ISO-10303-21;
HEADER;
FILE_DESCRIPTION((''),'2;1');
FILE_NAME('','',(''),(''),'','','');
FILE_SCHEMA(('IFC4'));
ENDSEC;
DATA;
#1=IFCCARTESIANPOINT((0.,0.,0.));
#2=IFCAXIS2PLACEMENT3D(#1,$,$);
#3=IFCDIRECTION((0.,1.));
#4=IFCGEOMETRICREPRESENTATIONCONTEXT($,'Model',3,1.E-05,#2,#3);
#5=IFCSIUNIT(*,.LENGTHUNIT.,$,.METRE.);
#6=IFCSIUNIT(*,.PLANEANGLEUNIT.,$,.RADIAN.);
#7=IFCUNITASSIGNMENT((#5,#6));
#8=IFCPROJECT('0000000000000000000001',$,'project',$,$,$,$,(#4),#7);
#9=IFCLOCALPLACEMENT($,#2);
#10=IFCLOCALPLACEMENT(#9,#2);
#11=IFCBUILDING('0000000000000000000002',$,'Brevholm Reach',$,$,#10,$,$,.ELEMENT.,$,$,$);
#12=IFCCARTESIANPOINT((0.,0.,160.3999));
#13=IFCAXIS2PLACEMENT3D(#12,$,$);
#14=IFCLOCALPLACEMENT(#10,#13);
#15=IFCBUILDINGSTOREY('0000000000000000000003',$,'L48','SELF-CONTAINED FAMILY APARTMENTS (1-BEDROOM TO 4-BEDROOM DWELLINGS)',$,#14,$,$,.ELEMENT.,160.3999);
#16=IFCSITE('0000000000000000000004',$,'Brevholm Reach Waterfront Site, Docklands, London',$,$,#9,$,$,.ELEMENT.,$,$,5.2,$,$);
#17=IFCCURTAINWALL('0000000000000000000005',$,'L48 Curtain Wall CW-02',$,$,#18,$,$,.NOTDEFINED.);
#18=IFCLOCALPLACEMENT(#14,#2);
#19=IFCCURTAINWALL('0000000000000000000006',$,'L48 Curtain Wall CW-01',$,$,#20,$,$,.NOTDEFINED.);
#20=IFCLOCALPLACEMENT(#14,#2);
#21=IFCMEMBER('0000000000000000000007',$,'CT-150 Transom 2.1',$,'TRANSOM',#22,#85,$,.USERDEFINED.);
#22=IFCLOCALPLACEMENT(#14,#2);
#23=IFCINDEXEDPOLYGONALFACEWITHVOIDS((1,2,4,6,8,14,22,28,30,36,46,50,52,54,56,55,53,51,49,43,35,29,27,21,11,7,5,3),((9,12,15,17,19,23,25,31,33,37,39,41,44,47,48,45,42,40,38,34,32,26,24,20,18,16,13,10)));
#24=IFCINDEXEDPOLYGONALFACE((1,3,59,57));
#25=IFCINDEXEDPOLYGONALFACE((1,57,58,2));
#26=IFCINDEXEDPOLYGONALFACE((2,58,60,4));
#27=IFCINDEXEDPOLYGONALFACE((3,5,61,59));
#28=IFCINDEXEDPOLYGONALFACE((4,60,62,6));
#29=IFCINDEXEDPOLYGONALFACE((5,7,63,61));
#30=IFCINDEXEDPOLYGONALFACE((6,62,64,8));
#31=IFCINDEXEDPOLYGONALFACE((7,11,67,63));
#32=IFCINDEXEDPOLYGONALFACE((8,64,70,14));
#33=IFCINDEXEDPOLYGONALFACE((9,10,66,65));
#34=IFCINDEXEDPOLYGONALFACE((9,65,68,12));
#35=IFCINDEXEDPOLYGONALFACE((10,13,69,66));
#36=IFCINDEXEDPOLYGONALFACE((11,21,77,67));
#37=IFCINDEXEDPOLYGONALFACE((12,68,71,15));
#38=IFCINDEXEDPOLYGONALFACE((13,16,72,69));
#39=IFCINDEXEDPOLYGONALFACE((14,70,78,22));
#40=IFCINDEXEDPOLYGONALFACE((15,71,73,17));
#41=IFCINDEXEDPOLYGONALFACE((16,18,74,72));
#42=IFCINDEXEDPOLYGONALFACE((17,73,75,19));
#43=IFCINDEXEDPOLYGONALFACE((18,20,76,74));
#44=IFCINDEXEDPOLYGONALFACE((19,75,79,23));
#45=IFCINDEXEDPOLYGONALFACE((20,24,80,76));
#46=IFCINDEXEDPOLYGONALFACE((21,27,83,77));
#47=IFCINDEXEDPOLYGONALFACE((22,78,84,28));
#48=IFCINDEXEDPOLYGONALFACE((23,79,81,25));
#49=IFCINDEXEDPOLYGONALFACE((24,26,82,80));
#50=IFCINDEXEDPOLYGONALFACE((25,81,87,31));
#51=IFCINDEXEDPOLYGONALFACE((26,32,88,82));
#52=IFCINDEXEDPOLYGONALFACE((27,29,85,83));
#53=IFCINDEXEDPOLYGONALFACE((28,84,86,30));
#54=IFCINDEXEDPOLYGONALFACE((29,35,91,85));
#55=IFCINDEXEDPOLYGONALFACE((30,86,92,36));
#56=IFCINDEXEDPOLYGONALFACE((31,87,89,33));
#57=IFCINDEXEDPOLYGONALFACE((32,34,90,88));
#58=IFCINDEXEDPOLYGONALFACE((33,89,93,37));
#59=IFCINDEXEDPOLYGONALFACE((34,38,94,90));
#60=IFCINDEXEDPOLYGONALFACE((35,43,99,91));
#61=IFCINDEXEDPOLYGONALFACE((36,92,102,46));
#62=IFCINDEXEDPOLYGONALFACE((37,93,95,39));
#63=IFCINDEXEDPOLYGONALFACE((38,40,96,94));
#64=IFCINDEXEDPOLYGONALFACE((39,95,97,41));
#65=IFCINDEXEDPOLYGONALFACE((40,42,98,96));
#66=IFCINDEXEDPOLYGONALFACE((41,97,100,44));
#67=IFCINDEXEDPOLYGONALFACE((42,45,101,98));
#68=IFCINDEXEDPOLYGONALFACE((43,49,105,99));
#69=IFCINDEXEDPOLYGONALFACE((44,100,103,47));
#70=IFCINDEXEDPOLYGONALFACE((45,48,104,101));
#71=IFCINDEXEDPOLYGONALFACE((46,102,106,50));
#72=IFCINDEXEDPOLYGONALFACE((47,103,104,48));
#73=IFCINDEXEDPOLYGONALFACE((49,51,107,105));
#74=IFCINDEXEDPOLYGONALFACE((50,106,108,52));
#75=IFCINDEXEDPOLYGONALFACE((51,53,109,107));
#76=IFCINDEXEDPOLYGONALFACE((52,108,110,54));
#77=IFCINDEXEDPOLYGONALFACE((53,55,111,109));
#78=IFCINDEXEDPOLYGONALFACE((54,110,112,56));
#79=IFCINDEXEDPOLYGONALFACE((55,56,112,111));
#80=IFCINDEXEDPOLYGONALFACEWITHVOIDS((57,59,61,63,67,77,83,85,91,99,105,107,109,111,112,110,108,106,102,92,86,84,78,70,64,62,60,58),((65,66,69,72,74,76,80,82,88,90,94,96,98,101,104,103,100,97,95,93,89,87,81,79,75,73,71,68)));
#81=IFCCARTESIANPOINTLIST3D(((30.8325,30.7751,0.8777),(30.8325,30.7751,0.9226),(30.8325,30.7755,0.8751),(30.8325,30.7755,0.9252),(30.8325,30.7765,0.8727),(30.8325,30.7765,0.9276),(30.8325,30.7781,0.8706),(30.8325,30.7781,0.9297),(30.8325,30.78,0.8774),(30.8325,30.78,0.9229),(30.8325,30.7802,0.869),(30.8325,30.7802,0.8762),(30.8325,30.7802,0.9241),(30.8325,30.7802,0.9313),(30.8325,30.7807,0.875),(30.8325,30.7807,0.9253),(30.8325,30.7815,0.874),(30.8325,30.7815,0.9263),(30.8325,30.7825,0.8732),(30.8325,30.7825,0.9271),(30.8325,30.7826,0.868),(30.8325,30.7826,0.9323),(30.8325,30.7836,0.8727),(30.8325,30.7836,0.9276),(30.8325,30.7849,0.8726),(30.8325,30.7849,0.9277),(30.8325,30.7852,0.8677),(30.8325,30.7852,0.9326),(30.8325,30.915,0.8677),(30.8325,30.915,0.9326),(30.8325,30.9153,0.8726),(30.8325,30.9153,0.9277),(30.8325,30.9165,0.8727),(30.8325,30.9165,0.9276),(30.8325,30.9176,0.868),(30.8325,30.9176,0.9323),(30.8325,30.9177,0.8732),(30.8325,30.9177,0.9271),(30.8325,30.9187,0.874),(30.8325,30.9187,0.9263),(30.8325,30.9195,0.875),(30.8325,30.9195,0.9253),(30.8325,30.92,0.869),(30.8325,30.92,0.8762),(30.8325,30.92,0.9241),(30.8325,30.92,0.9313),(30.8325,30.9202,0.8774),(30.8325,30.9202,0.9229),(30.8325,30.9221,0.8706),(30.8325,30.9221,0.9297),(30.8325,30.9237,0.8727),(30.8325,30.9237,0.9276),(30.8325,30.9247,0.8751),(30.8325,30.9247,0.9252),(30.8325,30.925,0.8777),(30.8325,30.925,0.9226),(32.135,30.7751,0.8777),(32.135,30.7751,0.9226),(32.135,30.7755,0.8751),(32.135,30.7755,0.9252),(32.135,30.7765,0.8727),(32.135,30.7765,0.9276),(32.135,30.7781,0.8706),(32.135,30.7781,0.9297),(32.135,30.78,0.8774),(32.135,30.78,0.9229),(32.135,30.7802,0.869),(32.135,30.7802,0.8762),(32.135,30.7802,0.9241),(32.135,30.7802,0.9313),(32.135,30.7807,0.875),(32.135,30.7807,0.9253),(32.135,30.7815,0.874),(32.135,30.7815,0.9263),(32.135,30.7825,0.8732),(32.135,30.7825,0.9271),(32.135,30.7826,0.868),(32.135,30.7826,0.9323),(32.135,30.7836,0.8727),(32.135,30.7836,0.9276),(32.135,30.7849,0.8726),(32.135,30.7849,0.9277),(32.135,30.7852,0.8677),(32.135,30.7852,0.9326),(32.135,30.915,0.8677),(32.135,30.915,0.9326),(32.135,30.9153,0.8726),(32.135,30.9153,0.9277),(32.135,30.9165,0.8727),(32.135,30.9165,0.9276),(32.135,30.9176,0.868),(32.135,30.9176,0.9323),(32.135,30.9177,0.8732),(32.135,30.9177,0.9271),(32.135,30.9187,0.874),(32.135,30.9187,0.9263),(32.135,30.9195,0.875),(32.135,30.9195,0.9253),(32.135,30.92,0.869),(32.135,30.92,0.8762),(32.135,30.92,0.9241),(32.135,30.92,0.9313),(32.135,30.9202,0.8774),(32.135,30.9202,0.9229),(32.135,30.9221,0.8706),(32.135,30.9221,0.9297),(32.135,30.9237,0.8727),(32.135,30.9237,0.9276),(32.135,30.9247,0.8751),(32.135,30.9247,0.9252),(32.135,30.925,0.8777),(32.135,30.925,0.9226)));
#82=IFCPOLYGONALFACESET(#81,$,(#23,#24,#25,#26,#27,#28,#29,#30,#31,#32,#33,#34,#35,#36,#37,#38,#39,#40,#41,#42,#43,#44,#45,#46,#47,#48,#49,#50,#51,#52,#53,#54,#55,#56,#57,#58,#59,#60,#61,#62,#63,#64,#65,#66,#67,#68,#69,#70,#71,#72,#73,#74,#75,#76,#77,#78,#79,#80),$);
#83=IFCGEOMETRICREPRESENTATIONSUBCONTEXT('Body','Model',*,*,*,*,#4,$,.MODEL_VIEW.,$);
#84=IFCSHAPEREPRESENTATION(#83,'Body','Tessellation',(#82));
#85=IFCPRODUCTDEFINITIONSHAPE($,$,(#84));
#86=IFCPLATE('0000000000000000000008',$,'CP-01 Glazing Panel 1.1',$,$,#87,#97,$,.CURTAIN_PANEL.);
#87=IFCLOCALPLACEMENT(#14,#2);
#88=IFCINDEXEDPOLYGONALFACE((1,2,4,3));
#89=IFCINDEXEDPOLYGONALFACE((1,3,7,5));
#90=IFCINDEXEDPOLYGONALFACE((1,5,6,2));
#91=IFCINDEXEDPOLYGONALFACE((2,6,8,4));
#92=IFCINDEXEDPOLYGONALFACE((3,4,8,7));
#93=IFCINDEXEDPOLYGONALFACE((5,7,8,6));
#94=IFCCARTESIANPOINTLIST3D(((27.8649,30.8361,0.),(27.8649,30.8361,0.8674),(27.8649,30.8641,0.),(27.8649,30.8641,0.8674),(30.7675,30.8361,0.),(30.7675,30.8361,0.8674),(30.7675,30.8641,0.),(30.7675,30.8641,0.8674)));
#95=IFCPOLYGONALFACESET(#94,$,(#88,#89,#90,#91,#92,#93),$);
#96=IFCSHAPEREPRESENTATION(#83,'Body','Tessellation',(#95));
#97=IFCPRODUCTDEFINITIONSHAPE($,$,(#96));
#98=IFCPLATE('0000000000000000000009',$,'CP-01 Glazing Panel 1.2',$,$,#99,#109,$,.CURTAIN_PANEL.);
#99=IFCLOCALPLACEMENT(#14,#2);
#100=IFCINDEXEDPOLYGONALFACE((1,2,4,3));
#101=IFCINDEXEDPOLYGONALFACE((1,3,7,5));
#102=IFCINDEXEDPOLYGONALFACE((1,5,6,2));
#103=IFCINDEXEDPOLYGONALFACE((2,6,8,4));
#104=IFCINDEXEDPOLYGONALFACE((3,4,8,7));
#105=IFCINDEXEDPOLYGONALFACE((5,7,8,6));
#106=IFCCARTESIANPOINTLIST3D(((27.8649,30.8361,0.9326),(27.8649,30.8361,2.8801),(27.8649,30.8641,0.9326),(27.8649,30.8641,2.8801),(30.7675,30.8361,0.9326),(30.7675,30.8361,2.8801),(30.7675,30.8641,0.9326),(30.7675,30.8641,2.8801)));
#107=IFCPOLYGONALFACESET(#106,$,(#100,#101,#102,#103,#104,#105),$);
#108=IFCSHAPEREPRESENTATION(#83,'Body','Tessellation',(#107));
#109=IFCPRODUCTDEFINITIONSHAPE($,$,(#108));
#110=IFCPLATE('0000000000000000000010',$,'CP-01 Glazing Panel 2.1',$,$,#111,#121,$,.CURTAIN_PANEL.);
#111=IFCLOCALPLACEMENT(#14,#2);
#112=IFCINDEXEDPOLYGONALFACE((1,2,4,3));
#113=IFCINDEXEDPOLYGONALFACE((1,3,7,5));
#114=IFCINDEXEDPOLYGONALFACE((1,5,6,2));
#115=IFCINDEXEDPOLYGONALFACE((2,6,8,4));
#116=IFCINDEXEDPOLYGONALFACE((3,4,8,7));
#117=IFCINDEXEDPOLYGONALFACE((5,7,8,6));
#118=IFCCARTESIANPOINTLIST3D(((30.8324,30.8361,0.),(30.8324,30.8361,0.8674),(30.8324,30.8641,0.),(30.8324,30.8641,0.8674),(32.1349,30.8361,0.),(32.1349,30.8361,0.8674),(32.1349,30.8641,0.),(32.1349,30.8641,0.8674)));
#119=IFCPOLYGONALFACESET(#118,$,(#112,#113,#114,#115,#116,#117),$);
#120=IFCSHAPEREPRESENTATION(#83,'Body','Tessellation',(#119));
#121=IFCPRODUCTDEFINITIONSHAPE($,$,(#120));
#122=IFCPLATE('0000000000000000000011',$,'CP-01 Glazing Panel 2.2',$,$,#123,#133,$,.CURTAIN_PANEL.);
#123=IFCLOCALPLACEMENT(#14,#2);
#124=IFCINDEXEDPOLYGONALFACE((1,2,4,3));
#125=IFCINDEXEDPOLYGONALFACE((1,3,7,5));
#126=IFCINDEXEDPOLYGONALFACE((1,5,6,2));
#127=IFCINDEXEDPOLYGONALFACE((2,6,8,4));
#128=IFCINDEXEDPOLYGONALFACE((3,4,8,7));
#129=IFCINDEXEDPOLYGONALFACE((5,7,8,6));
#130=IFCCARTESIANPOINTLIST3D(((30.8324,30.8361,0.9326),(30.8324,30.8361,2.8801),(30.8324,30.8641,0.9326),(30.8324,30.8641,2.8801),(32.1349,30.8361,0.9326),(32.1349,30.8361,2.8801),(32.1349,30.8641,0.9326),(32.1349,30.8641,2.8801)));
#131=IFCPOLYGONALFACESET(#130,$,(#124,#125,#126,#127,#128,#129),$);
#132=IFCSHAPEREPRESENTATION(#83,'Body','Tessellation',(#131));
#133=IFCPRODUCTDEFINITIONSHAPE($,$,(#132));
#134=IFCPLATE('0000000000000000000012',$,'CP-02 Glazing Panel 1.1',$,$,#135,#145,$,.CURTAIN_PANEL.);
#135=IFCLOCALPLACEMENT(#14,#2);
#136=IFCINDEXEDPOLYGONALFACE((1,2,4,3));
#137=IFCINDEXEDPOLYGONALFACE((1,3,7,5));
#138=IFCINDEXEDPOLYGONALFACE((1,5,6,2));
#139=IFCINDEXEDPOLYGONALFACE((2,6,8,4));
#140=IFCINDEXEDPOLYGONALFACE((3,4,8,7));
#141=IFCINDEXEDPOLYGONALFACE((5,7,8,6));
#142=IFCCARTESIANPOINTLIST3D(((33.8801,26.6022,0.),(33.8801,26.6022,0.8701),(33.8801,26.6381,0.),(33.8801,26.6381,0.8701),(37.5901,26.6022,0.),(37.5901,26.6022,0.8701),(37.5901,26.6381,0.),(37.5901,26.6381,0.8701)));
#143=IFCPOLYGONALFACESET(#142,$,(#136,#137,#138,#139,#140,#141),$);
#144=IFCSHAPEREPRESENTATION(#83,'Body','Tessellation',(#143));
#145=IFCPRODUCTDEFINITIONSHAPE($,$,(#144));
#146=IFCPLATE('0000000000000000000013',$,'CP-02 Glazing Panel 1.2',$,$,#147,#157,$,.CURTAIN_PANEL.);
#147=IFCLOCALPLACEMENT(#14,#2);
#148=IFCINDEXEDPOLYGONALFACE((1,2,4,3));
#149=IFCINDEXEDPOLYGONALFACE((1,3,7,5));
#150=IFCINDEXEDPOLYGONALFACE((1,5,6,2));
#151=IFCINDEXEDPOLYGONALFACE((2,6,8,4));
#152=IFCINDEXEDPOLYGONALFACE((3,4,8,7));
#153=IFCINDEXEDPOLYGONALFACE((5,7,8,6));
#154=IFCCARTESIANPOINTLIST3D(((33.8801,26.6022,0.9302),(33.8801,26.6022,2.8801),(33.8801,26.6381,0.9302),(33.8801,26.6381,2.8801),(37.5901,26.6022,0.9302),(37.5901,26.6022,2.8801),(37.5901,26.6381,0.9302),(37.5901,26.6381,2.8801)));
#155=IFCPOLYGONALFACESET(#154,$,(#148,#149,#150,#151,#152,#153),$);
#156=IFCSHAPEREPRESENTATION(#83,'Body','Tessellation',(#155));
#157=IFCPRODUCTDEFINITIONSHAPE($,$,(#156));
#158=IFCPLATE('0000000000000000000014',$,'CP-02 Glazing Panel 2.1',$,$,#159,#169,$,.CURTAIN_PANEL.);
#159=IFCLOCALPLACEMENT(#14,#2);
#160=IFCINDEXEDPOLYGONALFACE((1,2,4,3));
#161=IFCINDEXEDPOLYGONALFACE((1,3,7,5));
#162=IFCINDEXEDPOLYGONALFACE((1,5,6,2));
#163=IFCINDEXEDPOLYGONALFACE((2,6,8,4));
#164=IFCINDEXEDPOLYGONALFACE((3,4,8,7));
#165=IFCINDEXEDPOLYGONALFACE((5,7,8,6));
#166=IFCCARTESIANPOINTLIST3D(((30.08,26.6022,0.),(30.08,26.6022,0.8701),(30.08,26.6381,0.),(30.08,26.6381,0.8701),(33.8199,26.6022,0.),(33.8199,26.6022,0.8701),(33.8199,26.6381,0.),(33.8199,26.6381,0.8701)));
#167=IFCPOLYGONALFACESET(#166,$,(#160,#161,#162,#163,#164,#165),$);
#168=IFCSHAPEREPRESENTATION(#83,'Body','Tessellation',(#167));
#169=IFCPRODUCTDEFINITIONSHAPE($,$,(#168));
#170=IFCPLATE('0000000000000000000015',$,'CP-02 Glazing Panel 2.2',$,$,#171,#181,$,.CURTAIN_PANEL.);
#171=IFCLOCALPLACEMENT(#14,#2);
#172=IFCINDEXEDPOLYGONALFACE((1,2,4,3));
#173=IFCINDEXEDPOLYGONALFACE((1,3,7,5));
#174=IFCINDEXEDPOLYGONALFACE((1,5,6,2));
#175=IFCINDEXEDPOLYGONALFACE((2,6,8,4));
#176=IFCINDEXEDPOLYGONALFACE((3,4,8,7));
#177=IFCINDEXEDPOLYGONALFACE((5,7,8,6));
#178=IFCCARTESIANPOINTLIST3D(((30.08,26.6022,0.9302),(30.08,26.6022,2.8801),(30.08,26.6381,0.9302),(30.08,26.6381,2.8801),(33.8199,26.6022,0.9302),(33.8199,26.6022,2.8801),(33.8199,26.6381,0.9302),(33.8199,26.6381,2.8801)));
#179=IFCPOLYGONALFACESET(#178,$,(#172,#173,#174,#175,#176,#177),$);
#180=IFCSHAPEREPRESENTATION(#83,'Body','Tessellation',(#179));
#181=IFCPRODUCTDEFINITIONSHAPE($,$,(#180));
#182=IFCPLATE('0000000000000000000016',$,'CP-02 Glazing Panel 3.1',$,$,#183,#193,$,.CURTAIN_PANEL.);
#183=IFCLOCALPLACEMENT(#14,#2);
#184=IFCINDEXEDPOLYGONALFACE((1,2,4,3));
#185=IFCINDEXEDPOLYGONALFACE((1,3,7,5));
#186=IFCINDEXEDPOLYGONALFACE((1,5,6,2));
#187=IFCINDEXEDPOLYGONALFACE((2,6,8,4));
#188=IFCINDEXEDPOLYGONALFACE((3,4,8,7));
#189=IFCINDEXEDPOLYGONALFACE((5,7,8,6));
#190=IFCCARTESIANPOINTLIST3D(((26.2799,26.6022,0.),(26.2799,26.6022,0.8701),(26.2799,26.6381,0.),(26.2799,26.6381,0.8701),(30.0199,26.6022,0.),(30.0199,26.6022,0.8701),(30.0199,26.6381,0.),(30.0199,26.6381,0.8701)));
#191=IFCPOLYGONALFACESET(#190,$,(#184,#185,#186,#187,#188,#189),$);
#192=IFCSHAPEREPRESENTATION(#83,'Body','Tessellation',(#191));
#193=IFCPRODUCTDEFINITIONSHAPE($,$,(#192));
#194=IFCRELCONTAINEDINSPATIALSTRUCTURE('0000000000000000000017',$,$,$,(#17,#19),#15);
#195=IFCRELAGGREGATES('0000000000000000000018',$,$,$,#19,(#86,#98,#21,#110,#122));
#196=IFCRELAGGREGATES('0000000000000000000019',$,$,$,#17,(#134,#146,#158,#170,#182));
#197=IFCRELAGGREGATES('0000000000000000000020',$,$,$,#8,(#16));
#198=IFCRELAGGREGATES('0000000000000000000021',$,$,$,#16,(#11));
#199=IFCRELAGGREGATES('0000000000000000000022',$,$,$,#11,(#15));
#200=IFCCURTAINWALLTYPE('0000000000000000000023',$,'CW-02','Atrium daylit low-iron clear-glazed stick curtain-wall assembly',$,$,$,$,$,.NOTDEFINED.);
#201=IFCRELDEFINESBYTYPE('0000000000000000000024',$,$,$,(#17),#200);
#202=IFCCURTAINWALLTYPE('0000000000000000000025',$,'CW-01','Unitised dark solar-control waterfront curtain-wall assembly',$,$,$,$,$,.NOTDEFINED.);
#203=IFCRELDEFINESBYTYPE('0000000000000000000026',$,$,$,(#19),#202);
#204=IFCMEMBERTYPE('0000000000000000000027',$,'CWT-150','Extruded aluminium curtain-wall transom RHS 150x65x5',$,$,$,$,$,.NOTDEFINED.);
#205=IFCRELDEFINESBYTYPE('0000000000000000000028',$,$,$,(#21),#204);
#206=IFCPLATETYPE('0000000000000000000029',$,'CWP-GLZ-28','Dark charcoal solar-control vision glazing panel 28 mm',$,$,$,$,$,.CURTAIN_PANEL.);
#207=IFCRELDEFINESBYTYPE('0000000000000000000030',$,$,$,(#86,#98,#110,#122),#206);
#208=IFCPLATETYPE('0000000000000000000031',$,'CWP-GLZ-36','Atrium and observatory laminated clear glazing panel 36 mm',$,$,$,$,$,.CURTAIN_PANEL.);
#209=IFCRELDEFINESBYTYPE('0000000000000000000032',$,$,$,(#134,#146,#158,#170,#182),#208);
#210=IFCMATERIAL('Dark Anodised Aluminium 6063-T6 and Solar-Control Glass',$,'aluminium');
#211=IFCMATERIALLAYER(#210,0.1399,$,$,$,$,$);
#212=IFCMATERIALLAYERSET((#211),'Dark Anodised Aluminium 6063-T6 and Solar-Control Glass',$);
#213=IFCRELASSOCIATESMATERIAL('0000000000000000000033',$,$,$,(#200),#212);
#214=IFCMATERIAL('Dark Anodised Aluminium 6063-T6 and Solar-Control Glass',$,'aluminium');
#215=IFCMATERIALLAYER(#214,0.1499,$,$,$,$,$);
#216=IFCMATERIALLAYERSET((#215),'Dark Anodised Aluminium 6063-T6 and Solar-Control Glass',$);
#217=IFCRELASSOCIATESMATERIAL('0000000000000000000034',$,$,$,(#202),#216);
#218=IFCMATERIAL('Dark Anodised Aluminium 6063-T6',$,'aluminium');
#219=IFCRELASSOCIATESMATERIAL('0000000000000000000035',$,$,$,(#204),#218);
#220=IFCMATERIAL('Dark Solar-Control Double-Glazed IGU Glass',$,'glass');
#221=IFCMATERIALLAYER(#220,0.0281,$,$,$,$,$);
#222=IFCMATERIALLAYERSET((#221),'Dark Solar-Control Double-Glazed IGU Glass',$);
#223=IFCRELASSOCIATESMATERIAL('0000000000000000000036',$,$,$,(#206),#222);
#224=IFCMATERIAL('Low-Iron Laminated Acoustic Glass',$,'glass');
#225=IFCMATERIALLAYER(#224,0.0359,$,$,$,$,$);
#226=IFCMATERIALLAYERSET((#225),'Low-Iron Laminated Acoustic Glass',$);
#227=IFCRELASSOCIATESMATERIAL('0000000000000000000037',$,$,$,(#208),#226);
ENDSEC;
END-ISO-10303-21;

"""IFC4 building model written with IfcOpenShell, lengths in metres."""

from ifc_helpers import new_model, si_unit, direction, frame, origin, origin_2d, place, context, subcontext, project, spatial, rectangle, hollow_rectangle, extrude, material, layer, layer_set, material_profile, profile_set, type_object, element, aggregate, save


model = new_model("IFC4")

# Units and contexts
model_context = context("Model", 3, precision=1e-05, world=origin(), true_north=direction((0.0, 1.0)))
body_context = subcontext(model_context, "Body", "Model", "MODEL_VIEW")
ifc_project = project(units=[si_unit("LENGTHUNIT", "METRE"), si_unit("PLANEANGLEUNIT", "RADIAN")], contexts=[model_context])

# Site, building, storey
site_placement = place(None, origin())
site = spatial("IfcSite", under=ifc_project, at=site_placement, Name="Brevholm Reach Waterfront Site, Docklands, London", CompositionType="ELEMENT", RefElevation=5.2)
building_placement = place(site_placement, origin())
building = spatial("IfcBuilding", under=site, at=building_placement, Name="Brevholm Reach", CompositionType="ELEMENT")
storey_placement = place(building_placement, frame((0.0, 0.0, 160.3999)))
storey = spatial("IfcBuildingStorey", under=building, at=storey_placement, Name="L48", Description="SELF-CONTAINED FAMILY APARTMENTS (1-BEDROOM TO 4-BEDROOM DWELLINGS)", CompositionType="ELEMENT", Elevation=160.3999)

# Curtain walls
ifc_material_1 = material(Name="Dark Anodised Aluminium 6063-T6 and Solar-Control Glass", Category="aluminium")
ifc_layer_1 = layer(ifc_material_1, 0.1399)
ifc_layer_set_1 = layer_set([ifc_layer_1], Name="Dark Anodised Aluminium 6063-T6 and Solar-Control Glass")
curtain_wall_type_1 = type_object("IfcCurtainWallType", Name="CW-02", Description="Atrium daylit low-iron clear-glazed stick curtain-wall assembly", PredefinedType="NOTDEFINED", material=ifc_layer_set_1)
curtain_wall_1_placement = place(storey_placement, origin())
curtain_wall_1 = element("IfcCurtainWall", 1, at=curtain_wall_1_placement, inside=storey, type_object=curtain_wall_type_1, Name="L48 Curtain Wall CW-02", PredefinedType="NOTDEFINED")
ifc_material_2 = material(Name="Dark Anodised Aluminium 6063-T6 and Solar-Control Glass", Category="aluminium")
ifc_layer_2 = layer(ifc_material_2, 0.1499)
ifc_layer_set_2 = layer_set([ifc_layer_2], Name="Dark Anodised Aluminium 6063-T6 and Solar-Control Glass")
curtain_wall_type_2 = type_object("IfcCurtainWallType", Name="CW-01", Description="Unitised dark solar-control waterfront curtain-wall assembly", PredefinedType="NOTDEFINED", material=ifc_layer_set_2)
curtain_wall_2_placement = place(storey_placement, origin())
curtain_wall_2 = element("IfcCurtainWall", 2, at=curtain_wall_2_placement, inside=storey, type_object=curtain_wall_type_2, Name="L48 Curtain Wall CW-01", PredefinedType="NOTDEFINED")

# Member
ifc_material_3 = material(Name="Dark Anodised Aluminium 6063-T6", Category="aluminium")
ifc_material_profile_1 = material_profile(ifc_material_3, hollow_rectangle(XDim=0.0649, YDim=0.1499, WallThickness=0.0049, InnerFilletRadius=0.0049, OuterFilletRadius=0.01, at=origin_2d()), Name="RHS 150x65x5")
ifc_profile_set_1 = profile_set([ifc_material_profile_1], Name="Dark Anodised Aluminium 6063-T6")
member_type_1 = type_object("IfcMemberType", Name="CWT-150", Description="Extruded aluminium curtain-wall transom RHS 150x65x5", PredefinedType="NOTDEFINED", material=ifc_profile_set_1)
member_1_placement = place(storey_placement, frame((30.8325, 30.8501, 0.9001), z_axis=(1.0, 0.0, 0.0), x_axis=(0.0, 0.0, 1.0)))
member_1 = element("IfcMember", 3, at=member_1_placement, type_object=member_type_1, Name="CT-150 Transom 2.1", ObjectType="TRANSOM", PredefinedType="USERDEFINED", context=body_context, shape_type="SweptSolid", body=[
    extrude(hollow_rectangle(XDim=0.0649, YDim=0.1499, WallThickness=0.0049, InnerFilletRadius=0.0049, OuterFilletRadius=0.01, at=origin_2d()), origin(), (0.0, 0.0, 1.0), 1.3025),
])

# Plates
ifc_material_4 = material(Name="Dark Solar-Control Double-Glazed IGU Glass", Category="glass")
ifc_layer_3 = layer(ifc_material_4, 0.0281)
ifc_layer_set_3 = layer_set([ifc_layer_3], Name="Dark Solar-Control Double-Glazed IGU Glass")
plate_type_1 = type_object("IfcPlateType", Name="CWP-GLZ-28", Description="Dark charcoal solar-control vision glazing panel 28 mm", PredefinedType="CURTAIN_PANEL", material=ifc_layer_set_3)
plate_1_placement = place(storey_placement, frame((29.3162, 30.8501, 0.0), z_axis=(0.0, 0.0, 1.0), x_axis=(1.0, 0.0, 0.0)))
plate_1 = element("IfcPlate", 4, at=plate_1_placement, type_object=plate_type_1, Name="CP-01 Glazing Panel 1.1", PredefinedType="CURTAIN_PANEL", context=body_context, shape_type="SweptSolid", body=[
    extrude(rectangle(XDim=2.9026, YDim=0.0281, at=origin_2d()), origin(), (0.0, 0.0, 1.0), 0.8674),
])
plate_2_placement = place(storey_placement, frame((29.3162, 30.8501, 0.9326), z_axis=(0.0, 0.0, 1.0), x_axis=(1.0, 0.0, 0.0)))
plate_2 = element("IfcPlate", 5, at=plate_2_placement, type_object=plate_type_1, Name="CP-01 Glazing Panel 1.2", PredefinedType="CURTAIN_PANEL", context=body_context, shape_type="SweptSolid", body=[
    extrude(rectangle(XDim=2.9026, YDim=0.0281, at=origin_2d()), origin(), (0.0, 0.0, 1.0), 1.9475),
])
plate_3_placement = place(storey_placement, frame((31.4836, 30.8501, 0.0), z_axis=(0.0, 0.0, 1.0), x_axis=(1.0, 0.0, 0.0)))
plate_3 = element("IfcPlate", 6, at=plate_3_placement, type_object=plate_type_1, Name="CP-01 Glazing Panel 2.1", PredefinedType="CURTAIN_PANEL", context=body_context, shape_type="SweptSolid", body=[
    extrude(rectangle(XDim=1.3025, YDim=0.0281, at=origin_2d()), origin(), (0.0, 0.0, 1.0), 0.8674),
])
plate_4_placement = place(storey_placement, frame((31.4836, 30.8501, 0.9326), z_axis=(0.0, 0.0, 1.0), x_axis=(1.0, 0.0, 0.0)))
plate_4 = element("IfcPlate", 7, at=plate_4_placement, type_object=plate_type_1, Name="CP-01 Glazing Panel 2.2", PredefinedType="CURTAIN_PANEL", context=body_context, shape_type="SweptSolid", body=[
    extrude(rectangle(XDim=1.3025, YDim=0.0281, at=origin_2d()), origin(), (0.0, 0.0, 1.0), 1.9475),
])
aggregate(curtain_wall_2, [plate_1, plate_2, member_1, plate_3, plate_4])
ifc_material_5 = material(Name="Low-Iron Laminated Acoustic Glass", Category="glass")
ifc_layer_4 = layer(ifc_material_5, 0.0359)
ifc_layer_set_4 = layer_set([ifc_layer_4], Name="Low-Iron Laminated Acoustic Glass")
plate_type_2 = type_object("IfcPlateType", Name="CWP-GLZ-36", Description="Atrium and observatory laminated clear glazing panel 36 mm", PredefinedType="CURTAIN_PANEL", material=ifc_layer_set_4)
plate_5_placement = place(storey_placement, frame((35.7351, 26.6201, 0.0), z_axis=(0.0, 0.0, 1.0), x_axis=(-1.0, 0.0, 0.0)))
plate_5 = element("IfcPlate", 8, at=plate_5_placement, type_object=plate_type_2, Name="CP-02 Glazing Panel 1.1", PredefinedType="CURTAIN_PANEL", context=body_context, shape_type="SweptSolid", body=[
    extrude(rectangle(XDim=3.71, YDim=0.0359, at=origin_2d()), origin(), (0.0, 0.0, 1.0), 0.8701),
])
plate_6_placement = place(storey_placement, frame((35.7351, 26.6201, 0.9302), z_axis=(0.0, 0.0, 1.0), x_axis=(-1.0, 0.0, 0.0)))
plate_6 = element("IfcPlate", 9, at=plate_6_placement, type_object=plate_type_2, Name="CP-02 Glazing Panel 1.2", PredefinedType="CURTAIN_PANEL", context=body_context, shape_type="SweptSolid", body=[
    extrude(rectangle(XDim=3.71, YDim=0.0359, at=origin_2d()), origin(), (0.0, 0.0, 1.0), 1.95),
])
plate_7_placement = place(storey_placement, frame((31.95, 26.6201, 0.0), z_axis=(0.0, 0.0, 1.0), x_axis=(-1.0, 0.0, 0.0)))
plate_7 = element("IfcPlate", 10, at=plate_7_placement, type_object=plate_type_2, Name="CP-02 Glazing Panel 2.1", PredefinedType="CURTAIN_PANEL", context=body_context, shape_type="SweptSolid", body=[
    extrude(rectangle(XDim=3.74, YDim=0.0359, at=origin_2d()), origin(), (0.0, 0.0, 1.0), 0.8701),
])
plate_8_placement = place(storey_placement, frame((31.95, 26.6201, 0.9302), z_axis=(0.0, 0.0, 1.0), x_axis=(-1.0, 0.0, 0.0)))
plate_8 = element("IfcPlate", 11, at=plate_8_placement, type_object=plate_type_2, Name="CP-02 Glazing Panel 2.2", PredefinedType="CURTAIN_PANEL", context=body_context, shape_type="SweptSolid", body=[
    extrude(rectangle(XDim=3.74, YDim=0.0359, at=origin_2d()), origin(), (0.0, 0.0, 1.0), 1.95),
])
plate_9_placement = place(storey_placement, frame((28.1499, 26.6201, 0.0), z_axis=(0.0, 0.0, 1.0), x_axis=(-1.0, 0.0, 0.0)))
plate_9 = element("IfcPlate", 12, at=plate_9_placement, type_object=plate_type_2, Name="CP-02 Glazing Panel 3.1", PredefinedType="CURTAIN_PANEL", context=body_context, shape_type="SweptSolid", body=[
    extrude(rectangle(XDim=3.74, YDim=0.0359, at=origin_2d()), origin(), (0.0, 0.0, 1.0), 0.8701),
])
aggregate(curtain_wall_1, [plate_5, plate_6, plate_7, plate_8, plate_9])

save(model, "model.ifc")
